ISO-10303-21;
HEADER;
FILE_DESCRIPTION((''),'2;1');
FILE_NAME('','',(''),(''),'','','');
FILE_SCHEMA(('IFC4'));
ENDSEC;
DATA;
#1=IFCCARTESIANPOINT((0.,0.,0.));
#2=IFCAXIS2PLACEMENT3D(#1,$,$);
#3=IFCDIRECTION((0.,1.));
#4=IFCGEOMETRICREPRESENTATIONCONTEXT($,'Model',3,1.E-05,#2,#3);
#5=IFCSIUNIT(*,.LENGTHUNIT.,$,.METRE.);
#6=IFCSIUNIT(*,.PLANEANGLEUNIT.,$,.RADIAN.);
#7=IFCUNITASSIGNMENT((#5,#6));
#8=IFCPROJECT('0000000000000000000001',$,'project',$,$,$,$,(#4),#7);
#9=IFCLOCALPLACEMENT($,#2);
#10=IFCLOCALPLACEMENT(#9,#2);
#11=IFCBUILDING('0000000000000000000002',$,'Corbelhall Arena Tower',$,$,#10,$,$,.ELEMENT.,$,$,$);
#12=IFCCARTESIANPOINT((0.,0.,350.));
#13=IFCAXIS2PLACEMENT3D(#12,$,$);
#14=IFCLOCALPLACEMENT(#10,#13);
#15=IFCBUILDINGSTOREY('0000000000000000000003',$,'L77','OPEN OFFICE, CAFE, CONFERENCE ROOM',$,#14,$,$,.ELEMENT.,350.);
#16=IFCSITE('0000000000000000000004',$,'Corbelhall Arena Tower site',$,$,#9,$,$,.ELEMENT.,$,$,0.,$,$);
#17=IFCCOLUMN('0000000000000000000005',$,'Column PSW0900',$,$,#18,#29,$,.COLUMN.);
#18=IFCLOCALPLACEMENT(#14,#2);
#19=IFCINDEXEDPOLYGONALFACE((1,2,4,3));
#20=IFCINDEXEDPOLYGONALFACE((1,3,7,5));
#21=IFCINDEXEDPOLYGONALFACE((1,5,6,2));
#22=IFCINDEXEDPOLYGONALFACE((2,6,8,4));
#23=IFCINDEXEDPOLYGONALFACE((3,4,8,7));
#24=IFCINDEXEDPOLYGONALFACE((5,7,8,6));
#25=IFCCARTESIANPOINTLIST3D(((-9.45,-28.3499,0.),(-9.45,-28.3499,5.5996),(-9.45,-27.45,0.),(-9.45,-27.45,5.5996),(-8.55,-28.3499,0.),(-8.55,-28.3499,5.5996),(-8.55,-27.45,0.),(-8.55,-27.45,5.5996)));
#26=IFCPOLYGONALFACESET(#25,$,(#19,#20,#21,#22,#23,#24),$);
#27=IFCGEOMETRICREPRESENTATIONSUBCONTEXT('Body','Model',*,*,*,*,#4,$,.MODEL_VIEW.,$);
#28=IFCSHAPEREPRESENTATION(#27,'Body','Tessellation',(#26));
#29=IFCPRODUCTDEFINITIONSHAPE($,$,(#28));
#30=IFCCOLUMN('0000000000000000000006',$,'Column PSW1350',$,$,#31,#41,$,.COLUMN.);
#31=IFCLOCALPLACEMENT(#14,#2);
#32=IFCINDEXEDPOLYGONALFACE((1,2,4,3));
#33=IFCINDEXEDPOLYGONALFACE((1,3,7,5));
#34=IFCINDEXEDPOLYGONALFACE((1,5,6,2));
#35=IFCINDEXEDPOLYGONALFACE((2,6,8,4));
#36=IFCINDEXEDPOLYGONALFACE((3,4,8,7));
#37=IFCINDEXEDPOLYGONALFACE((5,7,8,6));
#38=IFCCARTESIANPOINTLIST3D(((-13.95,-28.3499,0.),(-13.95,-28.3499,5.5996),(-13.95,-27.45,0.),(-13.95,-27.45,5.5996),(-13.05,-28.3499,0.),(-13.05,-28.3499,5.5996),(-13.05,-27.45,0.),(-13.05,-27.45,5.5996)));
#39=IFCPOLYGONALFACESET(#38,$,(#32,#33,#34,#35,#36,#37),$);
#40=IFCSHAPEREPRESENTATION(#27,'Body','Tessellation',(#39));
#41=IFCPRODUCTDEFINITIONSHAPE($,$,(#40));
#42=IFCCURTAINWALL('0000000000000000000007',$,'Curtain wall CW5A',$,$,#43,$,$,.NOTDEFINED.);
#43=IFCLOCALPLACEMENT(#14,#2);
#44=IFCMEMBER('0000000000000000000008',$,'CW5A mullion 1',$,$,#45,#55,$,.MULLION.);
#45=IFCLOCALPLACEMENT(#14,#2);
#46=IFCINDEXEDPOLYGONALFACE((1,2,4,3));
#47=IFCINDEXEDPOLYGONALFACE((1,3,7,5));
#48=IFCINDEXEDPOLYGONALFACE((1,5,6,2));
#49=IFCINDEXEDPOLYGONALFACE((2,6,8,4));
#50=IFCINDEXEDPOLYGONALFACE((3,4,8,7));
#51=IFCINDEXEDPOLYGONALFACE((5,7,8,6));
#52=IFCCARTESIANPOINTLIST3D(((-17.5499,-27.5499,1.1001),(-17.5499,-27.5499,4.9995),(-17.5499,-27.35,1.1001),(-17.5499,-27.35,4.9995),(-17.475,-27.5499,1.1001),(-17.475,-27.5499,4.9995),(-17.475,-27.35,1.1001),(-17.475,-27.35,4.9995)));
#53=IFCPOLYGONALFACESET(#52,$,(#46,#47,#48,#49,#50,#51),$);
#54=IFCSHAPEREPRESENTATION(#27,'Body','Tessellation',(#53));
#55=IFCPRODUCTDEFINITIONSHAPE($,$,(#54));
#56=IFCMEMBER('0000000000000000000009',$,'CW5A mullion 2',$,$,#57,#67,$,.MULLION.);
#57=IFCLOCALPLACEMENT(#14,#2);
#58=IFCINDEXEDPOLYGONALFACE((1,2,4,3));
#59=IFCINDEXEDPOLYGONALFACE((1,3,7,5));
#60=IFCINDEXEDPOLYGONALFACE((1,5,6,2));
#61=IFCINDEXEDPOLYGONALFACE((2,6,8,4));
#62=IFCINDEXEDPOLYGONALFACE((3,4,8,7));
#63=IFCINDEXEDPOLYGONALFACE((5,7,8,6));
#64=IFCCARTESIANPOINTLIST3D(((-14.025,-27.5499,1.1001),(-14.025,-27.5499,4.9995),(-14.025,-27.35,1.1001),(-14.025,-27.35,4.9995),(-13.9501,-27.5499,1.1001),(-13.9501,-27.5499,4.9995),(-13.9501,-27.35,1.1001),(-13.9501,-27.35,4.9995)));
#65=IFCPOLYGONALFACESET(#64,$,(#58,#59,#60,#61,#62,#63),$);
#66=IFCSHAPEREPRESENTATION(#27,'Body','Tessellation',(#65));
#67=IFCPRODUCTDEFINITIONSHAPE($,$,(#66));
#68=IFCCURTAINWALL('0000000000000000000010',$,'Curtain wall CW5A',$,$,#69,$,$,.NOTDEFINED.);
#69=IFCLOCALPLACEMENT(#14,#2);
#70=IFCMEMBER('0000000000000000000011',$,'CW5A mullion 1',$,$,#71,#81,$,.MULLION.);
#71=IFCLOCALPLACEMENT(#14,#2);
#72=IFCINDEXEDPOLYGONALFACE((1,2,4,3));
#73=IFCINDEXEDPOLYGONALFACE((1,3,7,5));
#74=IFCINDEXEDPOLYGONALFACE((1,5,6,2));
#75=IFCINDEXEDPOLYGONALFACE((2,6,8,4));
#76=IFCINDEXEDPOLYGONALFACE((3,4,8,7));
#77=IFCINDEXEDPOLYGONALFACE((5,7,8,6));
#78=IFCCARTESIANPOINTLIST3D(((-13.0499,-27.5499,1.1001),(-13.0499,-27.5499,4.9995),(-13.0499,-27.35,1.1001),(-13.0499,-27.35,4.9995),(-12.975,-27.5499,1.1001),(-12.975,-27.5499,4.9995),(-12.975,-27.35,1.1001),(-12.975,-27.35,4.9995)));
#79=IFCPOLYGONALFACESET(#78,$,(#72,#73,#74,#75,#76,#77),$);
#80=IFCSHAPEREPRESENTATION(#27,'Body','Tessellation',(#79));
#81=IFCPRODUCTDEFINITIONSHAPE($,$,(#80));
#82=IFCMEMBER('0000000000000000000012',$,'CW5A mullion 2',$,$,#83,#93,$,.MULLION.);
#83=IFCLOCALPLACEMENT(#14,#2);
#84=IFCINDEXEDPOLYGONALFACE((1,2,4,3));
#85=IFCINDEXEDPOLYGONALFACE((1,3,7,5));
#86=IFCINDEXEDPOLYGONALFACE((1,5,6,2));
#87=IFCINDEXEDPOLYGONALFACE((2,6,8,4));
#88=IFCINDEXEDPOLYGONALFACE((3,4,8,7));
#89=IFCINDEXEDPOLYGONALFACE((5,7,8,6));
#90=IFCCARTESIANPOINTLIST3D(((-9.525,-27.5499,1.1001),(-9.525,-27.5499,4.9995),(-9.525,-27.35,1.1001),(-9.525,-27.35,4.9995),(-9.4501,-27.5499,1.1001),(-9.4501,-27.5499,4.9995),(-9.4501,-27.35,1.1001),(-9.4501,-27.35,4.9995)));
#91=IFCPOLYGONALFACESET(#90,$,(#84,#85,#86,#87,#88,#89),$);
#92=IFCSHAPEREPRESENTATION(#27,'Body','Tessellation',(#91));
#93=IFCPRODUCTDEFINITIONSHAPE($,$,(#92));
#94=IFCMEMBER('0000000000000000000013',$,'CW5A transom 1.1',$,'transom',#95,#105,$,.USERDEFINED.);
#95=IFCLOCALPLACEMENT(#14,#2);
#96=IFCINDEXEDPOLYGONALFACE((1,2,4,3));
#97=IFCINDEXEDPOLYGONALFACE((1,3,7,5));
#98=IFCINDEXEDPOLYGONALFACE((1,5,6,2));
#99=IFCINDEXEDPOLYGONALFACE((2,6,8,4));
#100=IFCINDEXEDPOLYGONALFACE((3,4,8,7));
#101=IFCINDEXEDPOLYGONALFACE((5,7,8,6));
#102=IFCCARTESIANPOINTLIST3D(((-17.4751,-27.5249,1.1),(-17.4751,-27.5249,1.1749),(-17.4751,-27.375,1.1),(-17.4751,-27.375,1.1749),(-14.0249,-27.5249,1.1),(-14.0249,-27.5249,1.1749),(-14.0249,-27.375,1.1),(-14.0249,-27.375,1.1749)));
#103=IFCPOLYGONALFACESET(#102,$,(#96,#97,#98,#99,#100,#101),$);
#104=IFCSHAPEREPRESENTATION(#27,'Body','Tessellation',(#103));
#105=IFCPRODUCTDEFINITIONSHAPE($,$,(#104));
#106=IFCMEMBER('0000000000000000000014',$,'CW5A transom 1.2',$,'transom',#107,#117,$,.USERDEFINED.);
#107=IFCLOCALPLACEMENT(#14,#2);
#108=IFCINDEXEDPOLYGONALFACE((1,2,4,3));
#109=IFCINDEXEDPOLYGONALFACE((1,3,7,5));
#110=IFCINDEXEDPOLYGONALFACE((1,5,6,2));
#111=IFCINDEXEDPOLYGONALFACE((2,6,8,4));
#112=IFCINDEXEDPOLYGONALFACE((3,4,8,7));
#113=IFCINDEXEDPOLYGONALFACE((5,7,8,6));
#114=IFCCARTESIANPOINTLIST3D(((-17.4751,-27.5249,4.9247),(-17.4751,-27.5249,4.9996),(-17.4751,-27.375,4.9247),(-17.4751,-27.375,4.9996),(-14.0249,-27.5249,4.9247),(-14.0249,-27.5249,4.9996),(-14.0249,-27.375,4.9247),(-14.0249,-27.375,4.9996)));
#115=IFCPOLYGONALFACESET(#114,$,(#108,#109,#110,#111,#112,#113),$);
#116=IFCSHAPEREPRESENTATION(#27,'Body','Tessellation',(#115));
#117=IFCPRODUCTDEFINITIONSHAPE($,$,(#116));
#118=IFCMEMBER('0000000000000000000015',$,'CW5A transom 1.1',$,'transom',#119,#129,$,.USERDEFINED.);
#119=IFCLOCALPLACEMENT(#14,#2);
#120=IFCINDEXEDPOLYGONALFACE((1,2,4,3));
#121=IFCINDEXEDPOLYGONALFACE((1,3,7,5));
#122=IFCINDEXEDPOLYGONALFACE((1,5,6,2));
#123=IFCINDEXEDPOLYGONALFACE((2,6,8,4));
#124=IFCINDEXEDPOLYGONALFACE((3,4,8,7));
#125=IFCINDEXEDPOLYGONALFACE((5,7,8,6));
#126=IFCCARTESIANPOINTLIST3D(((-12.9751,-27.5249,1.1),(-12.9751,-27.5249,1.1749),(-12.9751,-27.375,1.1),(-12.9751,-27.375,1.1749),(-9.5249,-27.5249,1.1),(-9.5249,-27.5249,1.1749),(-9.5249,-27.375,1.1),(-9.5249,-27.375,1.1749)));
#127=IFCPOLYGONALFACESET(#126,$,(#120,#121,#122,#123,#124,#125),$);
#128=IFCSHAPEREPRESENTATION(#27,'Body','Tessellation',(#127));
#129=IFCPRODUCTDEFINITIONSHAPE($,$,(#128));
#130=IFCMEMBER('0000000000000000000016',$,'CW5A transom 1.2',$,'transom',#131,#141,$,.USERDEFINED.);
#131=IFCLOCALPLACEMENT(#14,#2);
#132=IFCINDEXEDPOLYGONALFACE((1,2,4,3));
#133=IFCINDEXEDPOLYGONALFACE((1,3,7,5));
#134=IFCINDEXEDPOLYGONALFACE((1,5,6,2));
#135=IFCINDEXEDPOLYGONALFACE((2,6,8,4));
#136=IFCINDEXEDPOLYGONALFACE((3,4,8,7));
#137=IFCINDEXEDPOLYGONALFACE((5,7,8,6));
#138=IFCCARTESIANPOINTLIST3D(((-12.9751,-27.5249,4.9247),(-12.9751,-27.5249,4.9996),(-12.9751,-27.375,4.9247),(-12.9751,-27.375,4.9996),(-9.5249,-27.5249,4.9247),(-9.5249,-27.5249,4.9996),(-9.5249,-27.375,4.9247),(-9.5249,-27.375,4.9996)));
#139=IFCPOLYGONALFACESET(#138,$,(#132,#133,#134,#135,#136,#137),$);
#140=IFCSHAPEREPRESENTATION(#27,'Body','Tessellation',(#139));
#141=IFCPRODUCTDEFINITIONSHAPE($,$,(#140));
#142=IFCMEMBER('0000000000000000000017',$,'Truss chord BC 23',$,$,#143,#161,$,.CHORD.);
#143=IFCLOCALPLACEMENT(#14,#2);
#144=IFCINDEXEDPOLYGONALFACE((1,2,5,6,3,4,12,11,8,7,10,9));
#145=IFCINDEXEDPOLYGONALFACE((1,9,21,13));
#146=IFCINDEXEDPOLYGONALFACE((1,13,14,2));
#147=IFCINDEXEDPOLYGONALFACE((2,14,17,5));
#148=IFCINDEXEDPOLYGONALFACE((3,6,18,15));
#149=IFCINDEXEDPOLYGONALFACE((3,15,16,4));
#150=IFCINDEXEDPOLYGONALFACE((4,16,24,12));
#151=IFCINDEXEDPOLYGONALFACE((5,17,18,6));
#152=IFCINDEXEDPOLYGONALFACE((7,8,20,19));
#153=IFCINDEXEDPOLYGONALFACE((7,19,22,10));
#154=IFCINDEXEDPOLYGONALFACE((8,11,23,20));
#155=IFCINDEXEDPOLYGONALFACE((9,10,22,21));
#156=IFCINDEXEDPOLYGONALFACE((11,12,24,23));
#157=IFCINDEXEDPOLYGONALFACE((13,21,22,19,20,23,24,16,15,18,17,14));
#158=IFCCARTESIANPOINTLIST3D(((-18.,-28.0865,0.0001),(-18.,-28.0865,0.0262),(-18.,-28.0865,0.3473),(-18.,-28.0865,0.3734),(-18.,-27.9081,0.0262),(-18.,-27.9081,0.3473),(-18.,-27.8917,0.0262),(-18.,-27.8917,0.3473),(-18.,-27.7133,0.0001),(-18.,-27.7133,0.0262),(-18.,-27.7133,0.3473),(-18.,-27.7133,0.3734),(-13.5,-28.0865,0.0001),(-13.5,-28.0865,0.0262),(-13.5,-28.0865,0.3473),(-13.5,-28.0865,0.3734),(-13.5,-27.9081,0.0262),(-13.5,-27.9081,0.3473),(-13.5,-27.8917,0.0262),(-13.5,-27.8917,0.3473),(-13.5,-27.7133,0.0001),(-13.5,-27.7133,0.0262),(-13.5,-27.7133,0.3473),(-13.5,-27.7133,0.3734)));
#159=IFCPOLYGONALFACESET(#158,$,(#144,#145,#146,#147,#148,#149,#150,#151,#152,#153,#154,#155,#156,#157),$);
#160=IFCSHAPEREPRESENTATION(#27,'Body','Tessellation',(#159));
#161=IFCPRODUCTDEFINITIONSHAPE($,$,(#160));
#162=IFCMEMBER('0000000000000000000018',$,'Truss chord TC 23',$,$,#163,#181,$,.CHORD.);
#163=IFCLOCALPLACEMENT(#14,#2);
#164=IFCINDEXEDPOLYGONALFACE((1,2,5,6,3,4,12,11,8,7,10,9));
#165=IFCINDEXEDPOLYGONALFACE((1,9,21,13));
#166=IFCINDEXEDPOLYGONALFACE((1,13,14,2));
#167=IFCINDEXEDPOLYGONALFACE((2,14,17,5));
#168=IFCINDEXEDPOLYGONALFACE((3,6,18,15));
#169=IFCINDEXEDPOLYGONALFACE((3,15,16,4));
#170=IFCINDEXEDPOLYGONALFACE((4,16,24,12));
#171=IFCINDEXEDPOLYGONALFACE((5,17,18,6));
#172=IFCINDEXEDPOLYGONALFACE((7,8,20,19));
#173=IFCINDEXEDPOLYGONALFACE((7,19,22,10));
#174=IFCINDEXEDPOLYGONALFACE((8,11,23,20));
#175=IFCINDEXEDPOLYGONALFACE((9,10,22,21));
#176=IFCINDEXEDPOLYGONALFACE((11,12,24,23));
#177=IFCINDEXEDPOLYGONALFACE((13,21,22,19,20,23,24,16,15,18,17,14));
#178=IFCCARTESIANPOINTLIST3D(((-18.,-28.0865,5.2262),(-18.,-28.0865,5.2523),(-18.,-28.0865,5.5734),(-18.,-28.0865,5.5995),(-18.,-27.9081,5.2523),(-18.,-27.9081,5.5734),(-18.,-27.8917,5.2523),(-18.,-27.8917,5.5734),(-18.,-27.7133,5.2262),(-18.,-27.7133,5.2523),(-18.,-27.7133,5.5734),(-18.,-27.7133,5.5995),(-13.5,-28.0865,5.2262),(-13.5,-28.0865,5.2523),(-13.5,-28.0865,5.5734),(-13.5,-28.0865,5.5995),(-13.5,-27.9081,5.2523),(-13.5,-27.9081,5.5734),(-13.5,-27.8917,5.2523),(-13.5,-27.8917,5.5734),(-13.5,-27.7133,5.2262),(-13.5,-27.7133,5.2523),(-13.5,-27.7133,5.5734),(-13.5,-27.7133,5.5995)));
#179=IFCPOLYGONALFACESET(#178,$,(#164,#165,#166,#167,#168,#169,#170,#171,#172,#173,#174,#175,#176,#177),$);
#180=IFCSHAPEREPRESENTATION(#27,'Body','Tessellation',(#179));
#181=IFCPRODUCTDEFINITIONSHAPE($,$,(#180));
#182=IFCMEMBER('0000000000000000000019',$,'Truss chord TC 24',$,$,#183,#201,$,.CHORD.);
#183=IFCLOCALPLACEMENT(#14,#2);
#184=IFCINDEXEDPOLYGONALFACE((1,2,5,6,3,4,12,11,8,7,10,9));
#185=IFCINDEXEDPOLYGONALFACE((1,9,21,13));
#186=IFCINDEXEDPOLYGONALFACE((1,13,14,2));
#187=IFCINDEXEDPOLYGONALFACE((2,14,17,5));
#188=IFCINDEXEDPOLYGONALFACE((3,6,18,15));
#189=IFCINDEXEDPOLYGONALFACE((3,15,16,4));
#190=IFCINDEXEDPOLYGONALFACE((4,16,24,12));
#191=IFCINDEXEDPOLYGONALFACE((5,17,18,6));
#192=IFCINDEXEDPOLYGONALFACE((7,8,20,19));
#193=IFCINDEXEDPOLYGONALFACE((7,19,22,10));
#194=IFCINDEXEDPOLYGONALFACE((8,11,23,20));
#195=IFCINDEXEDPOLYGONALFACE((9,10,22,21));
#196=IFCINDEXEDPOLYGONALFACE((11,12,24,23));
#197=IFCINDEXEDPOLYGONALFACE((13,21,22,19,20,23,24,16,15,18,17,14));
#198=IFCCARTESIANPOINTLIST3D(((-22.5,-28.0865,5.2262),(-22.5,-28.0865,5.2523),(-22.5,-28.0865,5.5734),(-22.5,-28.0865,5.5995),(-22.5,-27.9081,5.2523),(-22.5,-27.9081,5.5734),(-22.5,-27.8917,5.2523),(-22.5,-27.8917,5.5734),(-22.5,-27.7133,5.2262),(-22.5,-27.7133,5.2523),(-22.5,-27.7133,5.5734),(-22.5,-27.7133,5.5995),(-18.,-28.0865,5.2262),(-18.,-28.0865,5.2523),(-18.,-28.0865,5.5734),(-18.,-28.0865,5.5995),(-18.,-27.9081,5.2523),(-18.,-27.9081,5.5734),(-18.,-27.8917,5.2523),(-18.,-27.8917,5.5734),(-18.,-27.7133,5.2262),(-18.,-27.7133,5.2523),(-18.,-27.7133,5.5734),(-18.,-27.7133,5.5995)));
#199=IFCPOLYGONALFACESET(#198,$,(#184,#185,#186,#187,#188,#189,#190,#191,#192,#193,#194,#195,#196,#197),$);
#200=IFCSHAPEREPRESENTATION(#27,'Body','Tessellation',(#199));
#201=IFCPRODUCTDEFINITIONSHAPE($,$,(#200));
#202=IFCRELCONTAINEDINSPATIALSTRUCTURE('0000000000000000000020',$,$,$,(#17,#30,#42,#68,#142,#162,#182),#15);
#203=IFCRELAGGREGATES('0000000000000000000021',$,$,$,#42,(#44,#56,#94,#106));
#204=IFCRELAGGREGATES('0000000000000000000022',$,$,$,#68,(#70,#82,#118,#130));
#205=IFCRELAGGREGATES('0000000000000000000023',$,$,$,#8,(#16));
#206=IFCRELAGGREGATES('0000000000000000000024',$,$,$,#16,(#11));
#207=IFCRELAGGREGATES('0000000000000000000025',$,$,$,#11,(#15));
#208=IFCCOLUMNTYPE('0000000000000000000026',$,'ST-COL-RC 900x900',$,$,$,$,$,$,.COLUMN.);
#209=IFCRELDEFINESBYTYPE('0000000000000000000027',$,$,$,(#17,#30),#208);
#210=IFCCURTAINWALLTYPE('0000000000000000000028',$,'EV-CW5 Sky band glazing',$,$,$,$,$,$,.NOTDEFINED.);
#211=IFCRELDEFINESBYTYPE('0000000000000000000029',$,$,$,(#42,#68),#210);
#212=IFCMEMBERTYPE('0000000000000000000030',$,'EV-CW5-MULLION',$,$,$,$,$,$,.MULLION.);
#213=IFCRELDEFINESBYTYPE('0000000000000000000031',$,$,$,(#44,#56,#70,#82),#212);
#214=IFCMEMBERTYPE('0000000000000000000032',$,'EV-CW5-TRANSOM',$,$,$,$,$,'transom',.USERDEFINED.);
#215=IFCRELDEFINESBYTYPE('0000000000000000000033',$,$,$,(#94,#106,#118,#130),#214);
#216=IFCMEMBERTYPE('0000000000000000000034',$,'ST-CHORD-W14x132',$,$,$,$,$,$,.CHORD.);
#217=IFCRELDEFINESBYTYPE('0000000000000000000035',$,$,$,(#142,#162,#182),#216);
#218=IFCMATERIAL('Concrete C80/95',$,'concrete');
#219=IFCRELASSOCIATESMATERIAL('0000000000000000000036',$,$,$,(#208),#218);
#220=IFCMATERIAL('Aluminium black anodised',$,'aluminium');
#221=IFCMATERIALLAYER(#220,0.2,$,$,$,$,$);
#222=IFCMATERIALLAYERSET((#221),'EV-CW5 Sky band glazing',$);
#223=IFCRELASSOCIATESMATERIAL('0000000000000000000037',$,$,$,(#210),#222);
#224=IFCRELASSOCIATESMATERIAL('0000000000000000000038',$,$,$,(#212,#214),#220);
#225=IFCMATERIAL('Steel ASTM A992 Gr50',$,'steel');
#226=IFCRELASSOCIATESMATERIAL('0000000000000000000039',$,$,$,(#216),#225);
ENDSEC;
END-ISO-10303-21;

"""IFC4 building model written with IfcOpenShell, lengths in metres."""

from ifc_helpers import new_model, si_unit, direction, frame, origin, origin_2d, place, context, subcontext, project, spatial, rectangle, i_section, extrude, material, layer, layer_set, material_profile, profile_set, type_object, element, aggregate, save


model = new_model("IFC4")

# Units and contexts
model_context = context("Model", 3, precision=1e-05, world=origin(), true_north=direction((0.0, 1.0)))
body_context = subcontext(model_context, "Body", "Model", "MODEL_VIEW")
ifc_project = project(units=[si_unit("LENGTHUNIT", "METRE"), si_unit("PLANEANGLEUNIT", "RADIAN")], contexts=[model_context])

# Site, building, storey
site_placement = place(None, origin())
site = spatial("IfcSite", under=ifc_project, at=site_placement, Name="Corbelhall Arena Tower site", CompositionType="ELEMENT", RefElevation=0.0)
building_placement = place(site_placement, origin())
building = spatial("IfcBuilding", under=site, at=building_placement, Name="Corbelhall Arena Tower", CompositionType="ELEMENT")
storey_placement = place(building_placement, frame((0.0, 0.0, 350.0)))
storey = spatial("IfcBuildingStorey", under=building, at=storey_placement, Name="L77", Description="OPEN OFFICE, CAFE, CONFERENCE ROOM", CompositionType="ELEMENT", Elevation=350.0)

# Columns
ifc_material_1 = material(Name="Concrete C80/95", Category="concrete")
ifc_material_profile_1 = material_profile(ifc_material_1, rectangle(XDim=0.8999, YDim=0.8999, at=origin_2d()))
ifc_profile_set_1 = profile_set([ifc_material_profile_1], Name="Concrete C80/95")
column_type = type_object("IfcColumnType", Name="ST-COL-RC 900x900", PredefinedType="COLUMN", material=ifc_profile_set_1)
for number, where, z_axis, x_axis, name in (
    (1, (-9.0, -27.8999, 0.0), (0.0, 0.0, 1.0), (1.0, 0.0, 0.0), "Column PSW0900"),
    (2, (-13.5, -27.8999, 0.0), (0.0, 0.0, 1.0), (1.0, 0.0, 0.0), "Column PSW1350"),
):
    element("IfcColumn", number, at=place(storey_placement, frame(where, z_axis=z_axis, x_axis=x_axis)), inside=storey, type_object=column_type, Name=name, PredefinedType="COLUMN", context=body_context, shape_type="SweptSolid", body=[
        extrude(rectangle(XDim=0.8999, YDim=0.8999, at=origin_2d()), origin(), (0.0, 0.0, 1.0), 5.5996),
    ])

# Curtain walls, members
ifc_material_2 = material(Name="Aluminium black anodised", Category="aluminium")
ifc_layer_1 = layer(ifc_material_2, 0.2)
ifc_layer_set_1 = layer_set([ifc_layer_1], Name="EV-CW5 Sky band glazing")
curtain_wall_type = type_object("IfcCurtainWallType", Name="EV-CW5 Sky band glazing", PredefinedType="NOTDEFINED", material=ifc_layer_set_1)
curtain_wall_1_placement = place(storey_placement, origin())
curtain_wall_1 = element("IfcCurtainWall", 3, at=curtain_wall_1_placement, inside=storey, type_object=curtain_wall_type, Name="Curtain wall CW5A", PredefinedType="NOTDEFINED")
ifc_material_profile_2 = material_profile(ifc_material_2, rectangle(XDim=0.2, YDim=0.075, at=origin_2d()))
ifc_profile_set_2 = profile_set([ifc_material_profile_2], Name="Aluminium black anodised")
member_type_1 = type_object("IfcMemberType", Name="EV-CW5-MULLION", PredefinedType="MULLION", material=ifc_profile_set_2)
member_1_placement = place(storey_placement, frame((-17.5125, -27.45, 1.1001), z_axis=(0.0, 0.0, 1.0), x_axis=(0.0, 1.0, 0.0)))
member_1 = element("IfcMember", 4, at=member_1_placement, type_object=member_type_1, Name="CW5A mullion 1", PredefinedType="MULLION", context=body_context, shape_type="SweptSolid", body=[
    extrude(rectangle(XDim=0.2, YDim=0.075, at=origin_2d()), origin(), (0.0, 0.0, 1.0), 3.8994),
])
member_2_placement = place(storey_placement, frame((-13.9875, -27.45, 1.1001), z_axis=(0.0, 0.0, 1.0), x_axis=(0.0, 1.0, 0.0)))
member_2 = element("IfcMember", 5, at=member_2_placement, type_object=member_type_1, Name="CW5A mullion 2", PredefinedType="MULLION", context=body_context, shape_type="SweptSolid", body=[
    extrude(rectangle(XDim=0.2, YDim=0.075, at=origin_2d()), origin(), (0.0, 0.0, 1.0), 3.8994),
])
curtain_wall_2_placement = place(storey_placement, origin())
curtain_wall_2 = element("IfcCurtainWall", 6, at=curtain_wall_2_placement, inside=storey, type_object=curtain_wall_type, Name="Curtain wall CW5A", PredefinedType="NOTDEFINED")
member_3_placement = place(storey_placement, frame((-13.0125, -27.45, 1.1001), z_axis=(0.0, 0.0, 1.0), x_axis=(0.0, 1.0, 0.0)))
member_3 = element("IfcMember", 7, at=member_3_placement, type_object=member_type_1, Name="CW5A mullion 1", PredefinedType="MULLION", context=body_context, shape_type="SweptSolid", body=[
    extrude(rectangle(XDim=0.2, YDim=0.075, at=origin_2d()), origin(), (0.0, 0.0, 1.0), 3.8994),
])
member_4_placement = place(storey_placement, frame((-9.4875, -27.45, 1.1001), z_axis=(0.0, 0.0, 1.0), x_axis=(0.0, 1.0, 0.0)))
member_4 = element("IfcMember", 8, at=member_4_placement, type_object=member_type_1, Name="CW5A mullion 2", PredefinedType="MULLION", context=body_context, shape_type="SweptSolid", body=[
    extrude(rectangle(XDim=0.2, YDim=0.075, at=origin_2d()), origin(), (0.0, 0.0, 1.0), 3.8994),
])

# Members
ifc_material_profile_3 = material_profile(ifc_material_2, rectangle(XDim=0.1499, YDim=0.075, at=origin_2d()))
ifc_profile_set_3 = profile_set([ifc_material_profile_3], Name="Aluminium black anodised")
member_type_2 = type_object("IfcMemberType", Name="EV-CW5-TRANSOM", ElementType="transom", PredefinedType="USERDEFINED", material=ifc_profile_set_3)
member_5_placement = place(storey_placement, frame((-17.4751, -27.45, 1.1375), z_axis=(1.0, 0.0, 0.0), x_axis=(0.0, 1.0, 0.0)))
member_5 = element("IfcMember", 9, at=member_5_placement, type_object=member_type_2, Name="CW5A transom 1.1", ObjectType="transom", PredefinedType="USERDEFINED", context=body_context, shape_type="SweptSolid", body=[
    extrude(rectangle(XDim=0.1499, YDim=0.075, at=origin_2d()), origin(), (0.0, 0.0, 1.0), 3.4502),
])
member_6_placement = place(storey_placement, frame((-17.4751, -27.45, 4.9622), z_axis=(1.0, 0.0, 0.0), x_axis=(0.0, 1.0, 0.0)))
member_6 = element("IfcMember", 10, at=member_6_placement, type_object=member_type_2, Name="CW5A transom 1.2", ObjectType="transom", PredefinedType="USERDEFINED", context=body_context, shape_type="SweptSolid", body=[
    extrude(rectangle(XDim=0.1499, YDim=0.075, at=origin_2d()), origin(), (0.0, 0.0, 1.0), 3.4502),
])
member_7_placement = place(storey_placement, frame((-12.9751, -27.45, 1.1375), z_axis=(1.0, 0.0, 0.0), x_axis=(0.0, 1.0, 0.0)))
member_7 = element("IfcMember", 11, at=member_7_placement, type_object=member_type_2, Name="CW5A transom 1.1", ObjectType="transom", PredefinedType="USERDEFINED", context=body_context, shape_type="SweptSolid", body=[
    extrude(rectangle(XDim=0.1499, YDim=0.075, at=origin_2d()), origin(), (0.0, 0.0, 1.0), 3.4502),
])
member_8_placement = place(storey_placement, frame((-12.9751, -27.45, 4.9622), z_axis=(1.0, 0.0, 0.0), x_axis=(0.0, 1.0, 0.0)))
member_8 = element("IfcMember", 12, at=member_8_placement, type_object=member_type_2, Name="CW5A transom 1.2", ObjectType="transom", PredefinedType="USERDEFINED", context=body_context, shape_type="SweptSolid", body=[
    extrude(rectangle(XDim=0.1499, YDim=0.075, at=origin_2d()), origin(), (0.0, 0.0, 1.0), 3.4502),
])

# Members
ifc_material_3 = material(Name="Steel ASTM A992 Gr50", Category="steel")
ifc_material_profile_4 = material_profile(ifc_material_3, i_section(OverallWidth=0.3733, OverallDepth=0.3733, WebThickness=0.0164, FlangeThickness=0.0261, at=origin_2d()))
ifc_profile_set_4 = profile_set([ifc_material_profile_4], Name="Steel ASTM A992 Gr50")
member_type_3 = type_object("IfcMemberType", Name="ST-CHORD-W14x132", PredefinedType="CHORD", material=ifc_profile_set_4)
for number, where, z_axis, x_axis, name in (
    (13, (-13.5, -27.8999, 0.1868), (-1.0, 0.0, 0.0), (0.0, -1.0, 0.0), "Truss chord BC 23"),
    (14, (-13.5, -27.8999, 5.4128), (-1.0, 0.0, 0.0), (0.0, -1.0, 0.0), "Truss chord TC 23"),
    (15, (-18.0, -27.8999, 5.4128), (-1.0, 0.0, 0.0), (0.0, -1.0, 0.0), "Truss chord TC 24"),
):
    element("IfcMember", number, at=place(storey_placement, frame(where, z_axis=z_axis, x_axis=x_axis)), inside=storey, type_object=member_type_3, Name=name, PredefinedType="CHORD", context=body_context, shape_type="SweptSolid", body=[
        extrude(i_section(OverallWidth=0.3733, OverallDepth=0.3733, WebThickness=0.0164, FlangeThickness=0.0261, at=origin_2d()), origin(), (0.0, 0.0, 1.0), 4.5),
    ])

aggregate(curtain_wall_1, [member_1, member_2, member_5, member_6])
aggregate(curtain_wall_2, [member_3, member_4, member_7, member_8])

save(model, "model.ifc")
